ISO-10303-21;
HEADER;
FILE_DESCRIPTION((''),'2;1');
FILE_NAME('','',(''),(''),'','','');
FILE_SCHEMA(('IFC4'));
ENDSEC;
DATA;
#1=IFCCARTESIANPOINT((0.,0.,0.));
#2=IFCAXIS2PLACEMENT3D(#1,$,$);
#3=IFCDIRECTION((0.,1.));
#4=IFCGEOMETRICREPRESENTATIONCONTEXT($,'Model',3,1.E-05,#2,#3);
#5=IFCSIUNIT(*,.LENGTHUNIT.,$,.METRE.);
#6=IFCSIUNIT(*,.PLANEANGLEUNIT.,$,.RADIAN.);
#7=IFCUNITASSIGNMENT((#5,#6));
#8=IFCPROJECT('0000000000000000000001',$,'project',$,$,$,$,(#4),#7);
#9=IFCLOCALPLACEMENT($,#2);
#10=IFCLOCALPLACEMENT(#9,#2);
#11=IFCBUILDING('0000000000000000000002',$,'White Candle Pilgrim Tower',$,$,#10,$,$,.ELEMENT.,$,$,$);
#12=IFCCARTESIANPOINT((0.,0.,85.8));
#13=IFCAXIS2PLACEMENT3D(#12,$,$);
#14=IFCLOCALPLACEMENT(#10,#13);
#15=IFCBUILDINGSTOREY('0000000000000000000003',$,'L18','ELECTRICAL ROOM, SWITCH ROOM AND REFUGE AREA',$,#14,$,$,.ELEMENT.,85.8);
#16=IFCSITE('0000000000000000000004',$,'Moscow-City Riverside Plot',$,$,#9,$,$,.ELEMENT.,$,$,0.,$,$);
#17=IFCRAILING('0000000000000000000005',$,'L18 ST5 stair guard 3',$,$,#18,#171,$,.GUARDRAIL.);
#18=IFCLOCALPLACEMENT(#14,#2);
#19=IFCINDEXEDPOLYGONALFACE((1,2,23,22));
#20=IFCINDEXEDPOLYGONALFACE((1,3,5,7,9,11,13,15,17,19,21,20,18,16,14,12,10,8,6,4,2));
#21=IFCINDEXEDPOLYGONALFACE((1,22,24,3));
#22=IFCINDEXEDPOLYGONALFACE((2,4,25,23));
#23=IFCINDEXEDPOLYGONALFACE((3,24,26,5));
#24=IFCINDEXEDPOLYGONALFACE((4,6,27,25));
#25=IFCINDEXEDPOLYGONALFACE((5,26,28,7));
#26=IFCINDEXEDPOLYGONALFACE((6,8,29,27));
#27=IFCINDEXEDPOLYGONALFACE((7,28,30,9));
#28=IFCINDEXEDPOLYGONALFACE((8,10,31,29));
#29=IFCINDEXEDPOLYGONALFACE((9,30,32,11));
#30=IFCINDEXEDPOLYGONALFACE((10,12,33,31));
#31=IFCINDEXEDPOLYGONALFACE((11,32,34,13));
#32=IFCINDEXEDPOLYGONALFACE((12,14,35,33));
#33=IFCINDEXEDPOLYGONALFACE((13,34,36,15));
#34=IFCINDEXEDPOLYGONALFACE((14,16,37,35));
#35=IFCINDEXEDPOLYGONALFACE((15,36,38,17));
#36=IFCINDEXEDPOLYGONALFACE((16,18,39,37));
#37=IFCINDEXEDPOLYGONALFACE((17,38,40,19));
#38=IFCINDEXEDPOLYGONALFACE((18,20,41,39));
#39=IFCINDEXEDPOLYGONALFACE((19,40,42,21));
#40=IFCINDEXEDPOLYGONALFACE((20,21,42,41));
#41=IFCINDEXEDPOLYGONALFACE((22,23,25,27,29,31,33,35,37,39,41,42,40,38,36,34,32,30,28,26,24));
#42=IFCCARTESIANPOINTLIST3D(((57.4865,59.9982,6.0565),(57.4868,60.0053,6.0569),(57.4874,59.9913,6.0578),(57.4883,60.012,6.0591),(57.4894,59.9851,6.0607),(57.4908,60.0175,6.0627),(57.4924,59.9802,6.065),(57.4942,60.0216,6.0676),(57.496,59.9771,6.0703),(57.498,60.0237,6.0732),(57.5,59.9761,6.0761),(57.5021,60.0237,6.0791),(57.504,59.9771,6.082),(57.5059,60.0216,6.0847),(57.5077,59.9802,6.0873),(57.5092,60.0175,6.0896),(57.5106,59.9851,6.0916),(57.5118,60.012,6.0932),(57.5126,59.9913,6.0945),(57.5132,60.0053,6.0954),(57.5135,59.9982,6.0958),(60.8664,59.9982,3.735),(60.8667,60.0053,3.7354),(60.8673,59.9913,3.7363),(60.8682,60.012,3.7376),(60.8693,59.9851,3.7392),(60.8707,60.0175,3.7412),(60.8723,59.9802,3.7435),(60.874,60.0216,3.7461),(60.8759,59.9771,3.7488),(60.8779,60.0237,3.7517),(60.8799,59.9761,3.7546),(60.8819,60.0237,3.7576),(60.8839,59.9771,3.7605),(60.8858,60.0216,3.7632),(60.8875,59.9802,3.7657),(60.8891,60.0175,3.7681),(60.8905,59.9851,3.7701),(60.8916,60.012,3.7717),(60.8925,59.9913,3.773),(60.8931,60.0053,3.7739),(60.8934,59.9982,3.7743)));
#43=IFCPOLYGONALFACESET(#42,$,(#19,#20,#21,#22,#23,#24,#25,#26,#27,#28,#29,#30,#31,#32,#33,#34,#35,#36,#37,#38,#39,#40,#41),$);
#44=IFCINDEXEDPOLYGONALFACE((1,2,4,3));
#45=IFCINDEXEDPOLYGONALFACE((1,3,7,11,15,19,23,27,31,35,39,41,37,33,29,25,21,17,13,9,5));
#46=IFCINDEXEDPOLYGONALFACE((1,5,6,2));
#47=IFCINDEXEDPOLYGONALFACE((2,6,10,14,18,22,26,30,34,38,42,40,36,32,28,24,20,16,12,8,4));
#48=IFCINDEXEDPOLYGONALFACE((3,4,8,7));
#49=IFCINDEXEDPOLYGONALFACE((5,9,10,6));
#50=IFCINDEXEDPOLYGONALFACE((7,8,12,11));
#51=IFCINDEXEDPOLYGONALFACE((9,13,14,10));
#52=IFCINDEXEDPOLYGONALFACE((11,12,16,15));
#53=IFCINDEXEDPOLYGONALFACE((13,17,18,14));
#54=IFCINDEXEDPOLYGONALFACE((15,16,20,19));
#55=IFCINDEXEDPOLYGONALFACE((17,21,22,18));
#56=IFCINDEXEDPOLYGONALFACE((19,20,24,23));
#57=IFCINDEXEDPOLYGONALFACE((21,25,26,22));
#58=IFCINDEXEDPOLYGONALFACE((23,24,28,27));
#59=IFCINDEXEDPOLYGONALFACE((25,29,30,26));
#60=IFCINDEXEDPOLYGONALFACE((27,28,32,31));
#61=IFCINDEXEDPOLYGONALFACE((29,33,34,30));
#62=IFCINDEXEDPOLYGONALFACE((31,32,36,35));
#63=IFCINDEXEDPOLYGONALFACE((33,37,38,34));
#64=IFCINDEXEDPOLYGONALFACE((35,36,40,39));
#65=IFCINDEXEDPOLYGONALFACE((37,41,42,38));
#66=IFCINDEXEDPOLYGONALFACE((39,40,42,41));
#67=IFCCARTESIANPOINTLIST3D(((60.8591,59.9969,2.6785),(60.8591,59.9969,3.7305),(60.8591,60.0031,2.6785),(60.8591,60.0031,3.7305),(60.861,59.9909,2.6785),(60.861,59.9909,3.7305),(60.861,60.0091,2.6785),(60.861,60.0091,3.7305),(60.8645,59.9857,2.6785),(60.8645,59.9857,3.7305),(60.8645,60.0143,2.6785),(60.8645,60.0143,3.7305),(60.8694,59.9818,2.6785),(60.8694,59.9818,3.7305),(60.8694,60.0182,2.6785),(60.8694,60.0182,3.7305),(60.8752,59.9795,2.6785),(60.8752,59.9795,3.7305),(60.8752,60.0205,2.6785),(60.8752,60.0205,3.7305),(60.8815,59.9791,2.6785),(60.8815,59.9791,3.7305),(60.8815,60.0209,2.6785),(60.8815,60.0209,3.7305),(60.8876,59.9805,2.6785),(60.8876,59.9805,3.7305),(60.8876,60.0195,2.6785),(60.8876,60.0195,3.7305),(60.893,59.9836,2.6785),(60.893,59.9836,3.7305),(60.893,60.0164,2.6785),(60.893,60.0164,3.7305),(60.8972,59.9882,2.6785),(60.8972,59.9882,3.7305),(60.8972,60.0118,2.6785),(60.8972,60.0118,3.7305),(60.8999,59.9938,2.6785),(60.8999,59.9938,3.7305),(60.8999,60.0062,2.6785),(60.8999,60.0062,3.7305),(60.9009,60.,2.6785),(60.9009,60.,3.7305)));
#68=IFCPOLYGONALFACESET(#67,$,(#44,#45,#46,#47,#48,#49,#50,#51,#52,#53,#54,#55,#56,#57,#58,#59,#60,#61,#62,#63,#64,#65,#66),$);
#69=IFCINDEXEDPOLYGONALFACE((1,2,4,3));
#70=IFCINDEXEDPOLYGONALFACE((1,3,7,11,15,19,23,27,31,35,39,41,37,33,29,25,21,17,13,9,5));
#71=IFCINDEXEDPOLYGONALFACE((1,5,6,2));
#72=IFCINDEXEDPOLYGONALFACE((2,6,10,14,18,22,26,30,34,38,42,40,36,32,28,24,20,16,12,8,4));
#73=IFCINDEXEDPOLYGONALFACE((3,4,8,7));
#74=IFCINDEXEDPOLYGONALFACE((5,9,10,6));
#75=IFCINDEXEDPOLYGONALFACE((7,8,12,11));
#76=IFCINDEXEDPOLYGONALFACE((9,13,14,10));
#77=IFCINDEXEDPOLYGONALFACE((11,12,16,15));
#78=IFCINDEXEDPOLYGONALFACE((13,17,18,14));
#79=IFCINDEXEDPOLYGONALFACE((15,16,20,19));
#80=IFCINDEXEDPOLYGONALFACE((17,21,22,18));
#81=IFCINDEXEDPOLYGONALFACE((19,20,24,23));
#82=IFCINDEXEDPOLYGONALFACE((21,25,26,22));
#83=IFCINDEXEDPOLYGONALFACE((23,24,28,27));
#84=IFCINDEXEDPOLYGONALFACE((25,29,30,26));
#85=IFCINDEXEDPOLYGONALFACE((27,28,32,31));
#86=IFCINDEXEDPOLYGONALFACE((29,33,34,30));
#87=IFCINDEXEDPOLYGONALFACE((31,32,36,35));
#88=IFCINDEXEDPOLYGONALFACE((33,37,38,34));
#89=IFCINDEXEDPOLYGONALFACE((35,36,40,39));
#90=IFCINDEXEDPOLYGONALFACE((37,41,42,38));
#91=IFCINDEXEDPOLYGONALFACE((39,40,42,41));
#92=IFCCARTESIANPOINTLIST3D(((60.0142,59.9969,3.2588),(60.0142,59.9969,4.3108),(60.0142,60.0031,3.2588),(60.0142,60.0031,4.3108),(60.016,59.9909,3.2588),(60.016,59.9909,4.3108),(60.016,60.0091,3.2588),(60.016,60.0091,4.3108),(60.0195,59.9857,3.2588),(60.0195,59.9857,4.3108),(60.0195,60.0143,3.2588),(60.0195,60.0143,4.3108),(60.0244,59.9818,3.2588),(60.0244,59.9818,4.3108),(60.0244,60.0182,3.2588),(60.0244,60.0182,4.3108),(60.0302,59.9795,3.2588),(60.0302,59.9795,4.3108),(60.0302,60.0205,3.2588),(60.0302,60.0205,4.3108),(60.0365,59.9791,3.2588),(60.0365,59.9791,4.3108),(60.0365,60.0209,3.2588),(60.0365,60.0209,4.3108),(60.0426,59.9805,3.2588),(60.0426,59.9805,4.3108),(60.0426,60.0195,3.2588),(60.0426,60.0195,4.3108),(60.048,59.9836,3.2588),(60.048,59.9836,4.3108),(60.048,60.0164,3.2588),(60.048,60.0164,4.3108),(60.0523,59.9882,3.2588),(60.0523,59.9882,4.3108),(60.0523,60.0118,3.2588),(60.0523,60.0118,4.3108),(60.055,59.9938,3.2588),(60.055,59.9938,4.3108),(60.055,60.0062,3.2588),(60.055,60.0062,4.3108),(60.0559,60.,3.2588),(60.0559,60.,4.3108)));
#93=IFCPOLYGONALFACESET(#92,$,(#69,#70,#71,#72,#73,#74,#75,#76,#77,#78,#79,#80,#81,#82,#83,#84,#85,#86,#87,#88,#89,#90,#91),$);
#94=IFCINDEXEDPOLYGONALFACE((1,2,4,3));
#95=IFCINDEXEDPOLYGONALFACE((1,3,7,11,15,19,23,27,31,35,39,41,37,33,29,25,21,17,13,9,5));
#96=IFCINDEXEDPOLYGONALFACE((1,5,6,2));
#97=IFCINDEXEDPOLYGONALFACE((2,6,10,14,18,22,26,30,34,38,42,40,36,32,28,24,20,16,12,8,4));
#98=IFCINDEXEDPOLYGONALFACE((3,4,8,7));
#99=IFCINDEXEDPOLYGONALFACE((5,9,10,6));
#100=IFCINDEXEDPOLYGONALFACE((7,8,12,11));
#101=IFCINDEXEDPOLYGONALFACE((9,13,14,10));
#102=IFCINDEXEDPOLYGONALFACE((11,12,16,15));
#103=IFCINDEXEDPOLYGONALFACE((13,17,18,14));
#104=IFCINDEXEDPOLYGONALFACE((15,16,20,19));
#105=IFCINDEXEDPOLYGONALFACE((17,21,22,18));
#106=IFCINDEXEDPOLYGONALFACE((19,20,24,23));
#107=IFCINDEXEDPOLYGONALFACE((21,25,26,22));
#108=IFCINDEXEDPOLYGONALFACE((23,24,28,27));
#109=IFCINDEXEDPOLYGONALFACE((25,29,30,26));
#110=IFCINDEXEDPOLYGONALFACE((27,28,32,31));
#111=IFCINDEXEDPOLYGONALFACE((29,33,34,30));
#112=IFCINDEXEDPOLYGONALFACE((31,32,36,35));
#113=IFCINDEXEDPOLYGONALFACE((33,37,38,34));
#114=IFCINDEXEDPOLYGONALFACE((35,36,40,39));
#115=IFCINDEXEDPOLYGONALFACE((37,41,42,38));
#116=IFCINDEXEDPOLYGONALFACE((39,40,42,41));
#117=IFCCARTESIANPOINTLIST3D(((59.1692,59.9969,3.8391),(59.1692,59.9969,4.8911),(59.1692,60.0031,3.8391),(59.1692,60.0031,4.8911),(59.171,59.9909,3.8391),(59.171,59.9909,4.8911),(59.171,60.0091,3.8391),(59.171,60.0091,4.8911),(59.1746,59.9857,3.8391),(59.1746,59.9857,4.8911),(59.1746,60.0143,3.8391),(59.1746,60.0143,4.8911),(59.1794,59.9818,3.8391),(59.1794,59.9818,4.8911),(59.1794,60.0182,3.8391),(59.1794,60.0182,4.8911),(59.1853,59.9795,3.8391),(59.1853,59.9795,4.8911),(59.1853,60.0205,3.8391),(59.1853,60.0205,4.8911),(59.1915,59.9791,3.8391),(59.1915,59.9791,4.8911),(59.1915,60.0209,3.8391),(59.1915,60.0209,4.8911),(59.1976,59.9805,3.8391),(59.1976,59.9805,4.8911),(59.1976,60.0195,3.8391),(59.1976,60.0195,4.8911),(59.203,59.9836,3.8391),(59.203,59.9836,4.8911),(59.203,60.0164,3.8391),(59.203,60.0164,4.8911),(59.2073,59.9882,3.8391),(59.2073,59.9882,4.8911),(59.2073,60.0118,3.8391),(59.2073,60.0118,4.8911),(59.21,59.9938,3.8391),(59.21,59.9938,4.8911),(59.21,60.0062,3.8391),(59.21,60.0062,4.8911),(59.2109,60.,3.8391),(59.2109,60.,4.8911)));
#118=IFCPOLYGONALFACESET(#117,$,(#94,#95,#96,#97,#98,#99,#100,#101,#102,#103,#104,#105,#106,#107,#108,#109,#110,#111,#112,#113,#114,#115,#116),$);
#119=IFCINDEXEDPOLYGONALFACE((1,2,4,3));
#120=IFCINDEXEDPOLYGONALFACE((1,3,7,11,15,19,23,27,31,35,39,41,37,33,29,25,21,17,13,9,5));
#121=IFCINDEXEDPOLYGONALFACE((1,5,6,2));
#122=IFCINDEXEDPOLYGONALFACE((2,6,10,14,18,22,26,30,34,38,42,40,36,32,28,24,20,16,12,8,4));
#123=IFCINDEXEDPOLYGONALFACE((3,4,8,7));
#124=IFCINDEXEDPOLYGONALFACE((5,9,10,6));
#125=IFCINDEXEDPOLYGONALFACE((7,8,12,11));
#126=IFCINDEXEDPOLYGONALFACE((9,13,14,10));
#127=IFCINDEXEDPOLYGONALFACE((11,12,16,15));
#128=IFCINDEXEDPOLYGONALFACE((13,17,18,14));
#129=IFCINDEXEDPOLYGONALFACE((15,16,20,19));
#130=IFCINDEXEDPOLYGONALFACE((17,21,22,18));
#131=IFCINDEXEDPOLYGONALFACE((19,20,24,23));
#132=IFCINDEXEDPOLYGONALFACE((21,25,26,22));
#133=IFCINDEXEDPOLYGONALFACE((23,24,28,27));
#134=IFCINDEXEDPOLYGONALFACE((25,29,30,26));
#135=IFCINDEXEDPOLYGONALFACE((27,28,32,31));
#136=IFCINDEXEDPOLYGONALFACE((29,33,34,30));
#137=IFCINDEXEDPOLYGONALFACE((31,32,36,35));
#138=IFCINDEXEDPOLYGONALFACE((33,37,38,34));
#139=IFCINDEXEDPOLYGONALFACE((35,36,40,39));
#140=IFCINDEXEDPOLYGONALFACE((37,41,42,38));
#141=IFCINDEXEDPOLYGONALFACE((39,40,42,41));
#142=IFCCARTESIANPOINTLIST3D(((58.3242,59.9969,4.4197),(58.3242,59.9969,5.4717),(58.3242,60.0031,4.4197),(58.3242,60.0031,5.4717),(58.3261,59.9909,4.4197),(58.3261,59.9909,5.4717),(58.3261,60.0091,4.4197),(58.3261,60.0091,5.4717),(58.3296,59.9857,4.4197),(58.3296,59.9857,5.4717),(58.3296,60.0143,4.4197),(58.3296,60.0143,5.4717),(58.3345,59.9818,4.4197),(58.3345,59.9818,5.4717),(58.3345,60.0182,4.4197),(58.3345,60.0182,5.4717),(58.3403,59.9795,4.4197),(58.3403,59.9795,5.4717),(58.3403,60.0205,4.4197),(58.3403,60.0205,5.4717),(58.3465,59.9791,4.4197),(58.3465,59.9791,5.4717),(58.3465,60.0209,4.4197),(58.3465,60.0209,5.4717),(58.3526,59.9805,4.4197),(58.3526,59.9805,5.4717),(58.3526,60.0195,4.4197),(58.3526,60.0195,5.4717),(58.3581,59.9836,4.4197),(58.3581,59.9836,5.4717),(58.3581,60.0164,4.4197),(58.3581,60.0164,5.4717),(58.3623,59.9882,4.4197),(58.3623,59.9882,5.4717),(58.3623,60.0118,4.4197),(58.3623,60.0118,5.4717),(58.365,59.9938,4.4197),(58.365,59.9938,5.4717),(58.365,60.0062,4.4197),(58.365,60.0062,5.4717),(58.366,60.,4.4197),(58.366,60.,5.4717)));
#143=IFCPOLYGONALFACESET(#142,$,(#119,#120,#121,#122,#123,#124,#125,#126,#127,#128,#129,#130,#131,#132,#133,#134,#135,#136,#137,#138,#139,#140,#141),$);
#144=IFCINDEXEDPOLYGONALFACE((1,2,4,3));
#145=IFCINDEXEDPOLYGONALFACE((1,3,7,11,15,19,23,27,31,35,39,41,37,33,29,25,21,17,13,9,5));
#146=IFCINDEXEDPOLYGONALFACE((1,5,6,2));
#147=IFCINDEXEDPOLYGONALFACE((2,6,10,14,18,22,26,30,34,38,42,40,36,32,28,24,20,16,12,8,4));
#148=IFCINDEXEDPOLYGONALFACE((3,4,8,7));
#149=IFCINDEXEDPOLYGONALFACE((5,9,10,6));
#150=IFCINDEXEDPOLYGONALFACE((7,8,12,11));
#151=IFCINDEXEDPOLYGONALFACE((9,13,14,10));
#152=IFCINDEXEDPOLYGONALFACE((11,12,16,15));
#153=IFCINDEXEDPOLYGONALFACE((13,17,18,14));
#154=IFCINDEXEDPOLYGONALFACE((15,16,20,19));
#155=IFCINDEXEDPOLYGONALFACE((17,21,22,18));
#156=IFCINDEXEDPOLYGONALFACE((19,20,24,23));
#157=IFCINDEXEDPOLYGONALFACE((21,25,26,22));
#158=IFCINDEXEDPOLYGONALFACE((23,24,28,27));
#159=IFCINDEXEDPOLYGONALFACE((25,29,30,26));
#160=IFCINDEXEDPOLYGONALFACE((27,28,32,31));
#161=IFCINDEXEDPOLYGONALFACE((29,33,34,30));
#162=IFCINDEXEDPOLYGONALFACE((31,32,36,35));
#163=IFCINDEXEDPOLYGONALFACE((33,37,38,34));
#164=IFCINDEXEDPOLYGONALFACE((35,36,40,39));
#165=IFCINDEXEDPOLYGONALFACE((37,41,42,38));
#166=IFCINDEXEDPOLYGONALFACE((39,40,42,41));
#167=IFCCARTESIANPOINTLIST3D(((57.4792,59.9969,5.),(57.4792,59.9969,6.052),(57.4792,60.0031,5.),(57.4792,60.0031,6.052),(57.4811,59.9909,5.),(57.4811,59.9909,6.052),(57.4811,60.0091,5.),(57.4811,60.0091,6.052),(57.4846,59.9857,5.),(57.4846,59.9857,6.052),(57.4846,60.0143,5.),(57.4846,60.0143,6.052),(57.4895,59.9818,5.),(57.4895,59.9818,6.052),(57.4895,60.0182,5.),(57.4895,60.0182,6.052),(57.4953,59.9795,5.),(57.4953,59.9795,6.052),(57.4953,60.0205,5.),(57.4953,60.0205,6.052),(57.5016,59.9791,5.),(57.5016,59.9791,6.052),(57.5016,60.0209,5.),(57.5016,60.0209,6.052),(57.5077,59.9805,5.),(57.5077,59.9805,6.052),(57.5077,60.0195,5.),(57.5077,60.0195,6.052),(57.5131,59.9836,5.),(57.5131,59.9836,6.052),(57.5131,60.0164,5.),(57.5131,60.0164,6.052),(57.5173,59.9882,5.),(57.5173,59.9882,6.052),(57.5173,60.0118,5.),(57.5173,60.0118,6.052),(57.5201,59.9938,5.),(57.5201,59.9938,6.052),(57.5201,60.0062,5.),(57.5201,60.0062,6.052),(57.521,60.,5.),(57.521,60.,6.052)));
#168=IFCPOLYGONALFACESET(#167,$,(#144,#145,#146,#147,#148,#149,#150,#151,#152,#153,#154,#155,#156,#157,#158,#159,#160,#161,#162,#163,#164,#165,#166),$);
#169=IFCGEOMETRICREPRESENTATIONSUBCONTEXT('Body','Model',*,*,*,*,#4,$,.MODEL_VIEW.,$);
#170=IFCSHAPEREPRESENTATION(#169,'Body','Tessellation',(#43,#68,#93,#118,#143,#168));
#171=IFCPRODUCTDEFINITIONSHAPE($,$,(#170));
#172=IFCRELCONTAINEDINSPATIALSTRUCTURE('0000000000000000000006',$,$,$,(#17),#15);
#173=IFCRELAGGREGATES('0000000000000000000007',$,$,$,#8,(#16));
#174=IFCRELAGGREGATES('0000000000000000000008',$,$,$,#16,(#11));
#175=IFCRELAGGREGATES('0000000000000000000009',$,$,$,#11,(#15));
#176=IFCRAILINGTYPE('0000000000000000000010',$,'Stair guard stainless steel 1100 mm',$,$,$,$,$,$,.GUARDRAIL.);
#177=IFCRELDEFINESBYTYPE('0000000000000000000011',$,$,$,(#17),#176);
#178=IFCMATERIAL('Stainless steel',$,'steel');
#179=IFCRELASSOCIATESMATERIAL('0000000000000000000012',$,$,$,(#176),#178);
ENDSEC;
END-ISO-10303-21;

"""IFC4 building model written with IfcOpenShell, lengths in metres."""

from ifc_helpers import new_model, si_unit, direction, frame, origin, origin_2d, place, context, subcontext, project, spatial, circle, extrude, material, type_object, element, save


model = new_model("IFC4")

# Units and contexts
model_context = context("Model", 3, precision=1e-05, world=origin(), true_north=direction((0.0, 1.0)))
body_context = subcontext(model_context, "Body", "Model", "MODEL_VIEW")
ifc_project = project(units=[si_unit("LENGTHUNIT", "METRE"), si_unit("PLANEANGLEUNIT", "RADIAN")], contexts=[model_context])

# Site, building, storey
site_placement = place(None, origin())
site = spatial("IfcSite", under=ifc_project, at=site_placement, Name="Moscow-City Riverside Plot", CompositionType="ELEMENT", RefElevation=0.0)
building_placement = place(site_placement, origin())
building = spatial("IfcBuilding", under=site, at=building_placement, Name="White Candle Pilgrim Tower", CompositionType="ELEMENT")
storey_placement = place(building_placement, frame((0.0, 0.0, 85.8)))
storey = spatial("IfcBuildingStorey", under=building, at=storey_placement, Name="L18", Description="ELECTRICAL ROOM, SWITCH ROOM AND REFUGE AREA", CompositionType="ELEMENT", Elevation=85.8)

# Railing
ifc_material_1 = material(Name="Stainless steel", Category="steel")
railing_type_1 = type_object("IfcRailingType", Name="Stair guard stainless steel 1100 mm", PredefinedType="GUARDRAIL", material=ifc_material_1)
railing_1_placement = place(storey_placement, frame((60.8799, 60.0, 2.6785)))
element("IfcRailing", 1, at=railing_1_placement, inside=storey, type_object=railing_type_1, Name="L18 ST5 stair guard 3", PredefinedType="GUARDRAIL", context=body_context, shape_type="SweptSolid", body=[
    extrude(circle(Radius=0.0239, at=origin_2d()), frame((0.0, 0.0, 1.0762), z_axis=(-0.824285, 0.0, 0.566175), x_axis=(0.0, -1.0, 0.0)), (0.0, 0.0, 1.0), 4.1003),
    extrude(circle(Radius=0.021, at=origin_2d()), origin(), (0.0, 0.0, 1.0), 1.052),
    extrude(circle(Radius=0.021, at=origin_2d()), frame((-0.845, 0.0, 0.5803)), (0.0, 0.0, 1.0), 1.052),
    extrude(circle(Radius=0.021, at=origin_2d()), frame((-1.6899, 0.0, 1.1606)), (0.0, 0.0, 1.0), 1.052),
    extrude(circle(Radius=0.021, at=origin_2d()), frame((-2.5349, 0.0, 1.7412)), (0.0, 0.0, 1.0), 1.052),
    extrude(circle(Radius=0.021, at=origin_2d()), frame((-3.3799, 0.0, 2.3215)), (0.0, 0.0, 1.0), 1.052),
])

save(model, "model.ifc")
